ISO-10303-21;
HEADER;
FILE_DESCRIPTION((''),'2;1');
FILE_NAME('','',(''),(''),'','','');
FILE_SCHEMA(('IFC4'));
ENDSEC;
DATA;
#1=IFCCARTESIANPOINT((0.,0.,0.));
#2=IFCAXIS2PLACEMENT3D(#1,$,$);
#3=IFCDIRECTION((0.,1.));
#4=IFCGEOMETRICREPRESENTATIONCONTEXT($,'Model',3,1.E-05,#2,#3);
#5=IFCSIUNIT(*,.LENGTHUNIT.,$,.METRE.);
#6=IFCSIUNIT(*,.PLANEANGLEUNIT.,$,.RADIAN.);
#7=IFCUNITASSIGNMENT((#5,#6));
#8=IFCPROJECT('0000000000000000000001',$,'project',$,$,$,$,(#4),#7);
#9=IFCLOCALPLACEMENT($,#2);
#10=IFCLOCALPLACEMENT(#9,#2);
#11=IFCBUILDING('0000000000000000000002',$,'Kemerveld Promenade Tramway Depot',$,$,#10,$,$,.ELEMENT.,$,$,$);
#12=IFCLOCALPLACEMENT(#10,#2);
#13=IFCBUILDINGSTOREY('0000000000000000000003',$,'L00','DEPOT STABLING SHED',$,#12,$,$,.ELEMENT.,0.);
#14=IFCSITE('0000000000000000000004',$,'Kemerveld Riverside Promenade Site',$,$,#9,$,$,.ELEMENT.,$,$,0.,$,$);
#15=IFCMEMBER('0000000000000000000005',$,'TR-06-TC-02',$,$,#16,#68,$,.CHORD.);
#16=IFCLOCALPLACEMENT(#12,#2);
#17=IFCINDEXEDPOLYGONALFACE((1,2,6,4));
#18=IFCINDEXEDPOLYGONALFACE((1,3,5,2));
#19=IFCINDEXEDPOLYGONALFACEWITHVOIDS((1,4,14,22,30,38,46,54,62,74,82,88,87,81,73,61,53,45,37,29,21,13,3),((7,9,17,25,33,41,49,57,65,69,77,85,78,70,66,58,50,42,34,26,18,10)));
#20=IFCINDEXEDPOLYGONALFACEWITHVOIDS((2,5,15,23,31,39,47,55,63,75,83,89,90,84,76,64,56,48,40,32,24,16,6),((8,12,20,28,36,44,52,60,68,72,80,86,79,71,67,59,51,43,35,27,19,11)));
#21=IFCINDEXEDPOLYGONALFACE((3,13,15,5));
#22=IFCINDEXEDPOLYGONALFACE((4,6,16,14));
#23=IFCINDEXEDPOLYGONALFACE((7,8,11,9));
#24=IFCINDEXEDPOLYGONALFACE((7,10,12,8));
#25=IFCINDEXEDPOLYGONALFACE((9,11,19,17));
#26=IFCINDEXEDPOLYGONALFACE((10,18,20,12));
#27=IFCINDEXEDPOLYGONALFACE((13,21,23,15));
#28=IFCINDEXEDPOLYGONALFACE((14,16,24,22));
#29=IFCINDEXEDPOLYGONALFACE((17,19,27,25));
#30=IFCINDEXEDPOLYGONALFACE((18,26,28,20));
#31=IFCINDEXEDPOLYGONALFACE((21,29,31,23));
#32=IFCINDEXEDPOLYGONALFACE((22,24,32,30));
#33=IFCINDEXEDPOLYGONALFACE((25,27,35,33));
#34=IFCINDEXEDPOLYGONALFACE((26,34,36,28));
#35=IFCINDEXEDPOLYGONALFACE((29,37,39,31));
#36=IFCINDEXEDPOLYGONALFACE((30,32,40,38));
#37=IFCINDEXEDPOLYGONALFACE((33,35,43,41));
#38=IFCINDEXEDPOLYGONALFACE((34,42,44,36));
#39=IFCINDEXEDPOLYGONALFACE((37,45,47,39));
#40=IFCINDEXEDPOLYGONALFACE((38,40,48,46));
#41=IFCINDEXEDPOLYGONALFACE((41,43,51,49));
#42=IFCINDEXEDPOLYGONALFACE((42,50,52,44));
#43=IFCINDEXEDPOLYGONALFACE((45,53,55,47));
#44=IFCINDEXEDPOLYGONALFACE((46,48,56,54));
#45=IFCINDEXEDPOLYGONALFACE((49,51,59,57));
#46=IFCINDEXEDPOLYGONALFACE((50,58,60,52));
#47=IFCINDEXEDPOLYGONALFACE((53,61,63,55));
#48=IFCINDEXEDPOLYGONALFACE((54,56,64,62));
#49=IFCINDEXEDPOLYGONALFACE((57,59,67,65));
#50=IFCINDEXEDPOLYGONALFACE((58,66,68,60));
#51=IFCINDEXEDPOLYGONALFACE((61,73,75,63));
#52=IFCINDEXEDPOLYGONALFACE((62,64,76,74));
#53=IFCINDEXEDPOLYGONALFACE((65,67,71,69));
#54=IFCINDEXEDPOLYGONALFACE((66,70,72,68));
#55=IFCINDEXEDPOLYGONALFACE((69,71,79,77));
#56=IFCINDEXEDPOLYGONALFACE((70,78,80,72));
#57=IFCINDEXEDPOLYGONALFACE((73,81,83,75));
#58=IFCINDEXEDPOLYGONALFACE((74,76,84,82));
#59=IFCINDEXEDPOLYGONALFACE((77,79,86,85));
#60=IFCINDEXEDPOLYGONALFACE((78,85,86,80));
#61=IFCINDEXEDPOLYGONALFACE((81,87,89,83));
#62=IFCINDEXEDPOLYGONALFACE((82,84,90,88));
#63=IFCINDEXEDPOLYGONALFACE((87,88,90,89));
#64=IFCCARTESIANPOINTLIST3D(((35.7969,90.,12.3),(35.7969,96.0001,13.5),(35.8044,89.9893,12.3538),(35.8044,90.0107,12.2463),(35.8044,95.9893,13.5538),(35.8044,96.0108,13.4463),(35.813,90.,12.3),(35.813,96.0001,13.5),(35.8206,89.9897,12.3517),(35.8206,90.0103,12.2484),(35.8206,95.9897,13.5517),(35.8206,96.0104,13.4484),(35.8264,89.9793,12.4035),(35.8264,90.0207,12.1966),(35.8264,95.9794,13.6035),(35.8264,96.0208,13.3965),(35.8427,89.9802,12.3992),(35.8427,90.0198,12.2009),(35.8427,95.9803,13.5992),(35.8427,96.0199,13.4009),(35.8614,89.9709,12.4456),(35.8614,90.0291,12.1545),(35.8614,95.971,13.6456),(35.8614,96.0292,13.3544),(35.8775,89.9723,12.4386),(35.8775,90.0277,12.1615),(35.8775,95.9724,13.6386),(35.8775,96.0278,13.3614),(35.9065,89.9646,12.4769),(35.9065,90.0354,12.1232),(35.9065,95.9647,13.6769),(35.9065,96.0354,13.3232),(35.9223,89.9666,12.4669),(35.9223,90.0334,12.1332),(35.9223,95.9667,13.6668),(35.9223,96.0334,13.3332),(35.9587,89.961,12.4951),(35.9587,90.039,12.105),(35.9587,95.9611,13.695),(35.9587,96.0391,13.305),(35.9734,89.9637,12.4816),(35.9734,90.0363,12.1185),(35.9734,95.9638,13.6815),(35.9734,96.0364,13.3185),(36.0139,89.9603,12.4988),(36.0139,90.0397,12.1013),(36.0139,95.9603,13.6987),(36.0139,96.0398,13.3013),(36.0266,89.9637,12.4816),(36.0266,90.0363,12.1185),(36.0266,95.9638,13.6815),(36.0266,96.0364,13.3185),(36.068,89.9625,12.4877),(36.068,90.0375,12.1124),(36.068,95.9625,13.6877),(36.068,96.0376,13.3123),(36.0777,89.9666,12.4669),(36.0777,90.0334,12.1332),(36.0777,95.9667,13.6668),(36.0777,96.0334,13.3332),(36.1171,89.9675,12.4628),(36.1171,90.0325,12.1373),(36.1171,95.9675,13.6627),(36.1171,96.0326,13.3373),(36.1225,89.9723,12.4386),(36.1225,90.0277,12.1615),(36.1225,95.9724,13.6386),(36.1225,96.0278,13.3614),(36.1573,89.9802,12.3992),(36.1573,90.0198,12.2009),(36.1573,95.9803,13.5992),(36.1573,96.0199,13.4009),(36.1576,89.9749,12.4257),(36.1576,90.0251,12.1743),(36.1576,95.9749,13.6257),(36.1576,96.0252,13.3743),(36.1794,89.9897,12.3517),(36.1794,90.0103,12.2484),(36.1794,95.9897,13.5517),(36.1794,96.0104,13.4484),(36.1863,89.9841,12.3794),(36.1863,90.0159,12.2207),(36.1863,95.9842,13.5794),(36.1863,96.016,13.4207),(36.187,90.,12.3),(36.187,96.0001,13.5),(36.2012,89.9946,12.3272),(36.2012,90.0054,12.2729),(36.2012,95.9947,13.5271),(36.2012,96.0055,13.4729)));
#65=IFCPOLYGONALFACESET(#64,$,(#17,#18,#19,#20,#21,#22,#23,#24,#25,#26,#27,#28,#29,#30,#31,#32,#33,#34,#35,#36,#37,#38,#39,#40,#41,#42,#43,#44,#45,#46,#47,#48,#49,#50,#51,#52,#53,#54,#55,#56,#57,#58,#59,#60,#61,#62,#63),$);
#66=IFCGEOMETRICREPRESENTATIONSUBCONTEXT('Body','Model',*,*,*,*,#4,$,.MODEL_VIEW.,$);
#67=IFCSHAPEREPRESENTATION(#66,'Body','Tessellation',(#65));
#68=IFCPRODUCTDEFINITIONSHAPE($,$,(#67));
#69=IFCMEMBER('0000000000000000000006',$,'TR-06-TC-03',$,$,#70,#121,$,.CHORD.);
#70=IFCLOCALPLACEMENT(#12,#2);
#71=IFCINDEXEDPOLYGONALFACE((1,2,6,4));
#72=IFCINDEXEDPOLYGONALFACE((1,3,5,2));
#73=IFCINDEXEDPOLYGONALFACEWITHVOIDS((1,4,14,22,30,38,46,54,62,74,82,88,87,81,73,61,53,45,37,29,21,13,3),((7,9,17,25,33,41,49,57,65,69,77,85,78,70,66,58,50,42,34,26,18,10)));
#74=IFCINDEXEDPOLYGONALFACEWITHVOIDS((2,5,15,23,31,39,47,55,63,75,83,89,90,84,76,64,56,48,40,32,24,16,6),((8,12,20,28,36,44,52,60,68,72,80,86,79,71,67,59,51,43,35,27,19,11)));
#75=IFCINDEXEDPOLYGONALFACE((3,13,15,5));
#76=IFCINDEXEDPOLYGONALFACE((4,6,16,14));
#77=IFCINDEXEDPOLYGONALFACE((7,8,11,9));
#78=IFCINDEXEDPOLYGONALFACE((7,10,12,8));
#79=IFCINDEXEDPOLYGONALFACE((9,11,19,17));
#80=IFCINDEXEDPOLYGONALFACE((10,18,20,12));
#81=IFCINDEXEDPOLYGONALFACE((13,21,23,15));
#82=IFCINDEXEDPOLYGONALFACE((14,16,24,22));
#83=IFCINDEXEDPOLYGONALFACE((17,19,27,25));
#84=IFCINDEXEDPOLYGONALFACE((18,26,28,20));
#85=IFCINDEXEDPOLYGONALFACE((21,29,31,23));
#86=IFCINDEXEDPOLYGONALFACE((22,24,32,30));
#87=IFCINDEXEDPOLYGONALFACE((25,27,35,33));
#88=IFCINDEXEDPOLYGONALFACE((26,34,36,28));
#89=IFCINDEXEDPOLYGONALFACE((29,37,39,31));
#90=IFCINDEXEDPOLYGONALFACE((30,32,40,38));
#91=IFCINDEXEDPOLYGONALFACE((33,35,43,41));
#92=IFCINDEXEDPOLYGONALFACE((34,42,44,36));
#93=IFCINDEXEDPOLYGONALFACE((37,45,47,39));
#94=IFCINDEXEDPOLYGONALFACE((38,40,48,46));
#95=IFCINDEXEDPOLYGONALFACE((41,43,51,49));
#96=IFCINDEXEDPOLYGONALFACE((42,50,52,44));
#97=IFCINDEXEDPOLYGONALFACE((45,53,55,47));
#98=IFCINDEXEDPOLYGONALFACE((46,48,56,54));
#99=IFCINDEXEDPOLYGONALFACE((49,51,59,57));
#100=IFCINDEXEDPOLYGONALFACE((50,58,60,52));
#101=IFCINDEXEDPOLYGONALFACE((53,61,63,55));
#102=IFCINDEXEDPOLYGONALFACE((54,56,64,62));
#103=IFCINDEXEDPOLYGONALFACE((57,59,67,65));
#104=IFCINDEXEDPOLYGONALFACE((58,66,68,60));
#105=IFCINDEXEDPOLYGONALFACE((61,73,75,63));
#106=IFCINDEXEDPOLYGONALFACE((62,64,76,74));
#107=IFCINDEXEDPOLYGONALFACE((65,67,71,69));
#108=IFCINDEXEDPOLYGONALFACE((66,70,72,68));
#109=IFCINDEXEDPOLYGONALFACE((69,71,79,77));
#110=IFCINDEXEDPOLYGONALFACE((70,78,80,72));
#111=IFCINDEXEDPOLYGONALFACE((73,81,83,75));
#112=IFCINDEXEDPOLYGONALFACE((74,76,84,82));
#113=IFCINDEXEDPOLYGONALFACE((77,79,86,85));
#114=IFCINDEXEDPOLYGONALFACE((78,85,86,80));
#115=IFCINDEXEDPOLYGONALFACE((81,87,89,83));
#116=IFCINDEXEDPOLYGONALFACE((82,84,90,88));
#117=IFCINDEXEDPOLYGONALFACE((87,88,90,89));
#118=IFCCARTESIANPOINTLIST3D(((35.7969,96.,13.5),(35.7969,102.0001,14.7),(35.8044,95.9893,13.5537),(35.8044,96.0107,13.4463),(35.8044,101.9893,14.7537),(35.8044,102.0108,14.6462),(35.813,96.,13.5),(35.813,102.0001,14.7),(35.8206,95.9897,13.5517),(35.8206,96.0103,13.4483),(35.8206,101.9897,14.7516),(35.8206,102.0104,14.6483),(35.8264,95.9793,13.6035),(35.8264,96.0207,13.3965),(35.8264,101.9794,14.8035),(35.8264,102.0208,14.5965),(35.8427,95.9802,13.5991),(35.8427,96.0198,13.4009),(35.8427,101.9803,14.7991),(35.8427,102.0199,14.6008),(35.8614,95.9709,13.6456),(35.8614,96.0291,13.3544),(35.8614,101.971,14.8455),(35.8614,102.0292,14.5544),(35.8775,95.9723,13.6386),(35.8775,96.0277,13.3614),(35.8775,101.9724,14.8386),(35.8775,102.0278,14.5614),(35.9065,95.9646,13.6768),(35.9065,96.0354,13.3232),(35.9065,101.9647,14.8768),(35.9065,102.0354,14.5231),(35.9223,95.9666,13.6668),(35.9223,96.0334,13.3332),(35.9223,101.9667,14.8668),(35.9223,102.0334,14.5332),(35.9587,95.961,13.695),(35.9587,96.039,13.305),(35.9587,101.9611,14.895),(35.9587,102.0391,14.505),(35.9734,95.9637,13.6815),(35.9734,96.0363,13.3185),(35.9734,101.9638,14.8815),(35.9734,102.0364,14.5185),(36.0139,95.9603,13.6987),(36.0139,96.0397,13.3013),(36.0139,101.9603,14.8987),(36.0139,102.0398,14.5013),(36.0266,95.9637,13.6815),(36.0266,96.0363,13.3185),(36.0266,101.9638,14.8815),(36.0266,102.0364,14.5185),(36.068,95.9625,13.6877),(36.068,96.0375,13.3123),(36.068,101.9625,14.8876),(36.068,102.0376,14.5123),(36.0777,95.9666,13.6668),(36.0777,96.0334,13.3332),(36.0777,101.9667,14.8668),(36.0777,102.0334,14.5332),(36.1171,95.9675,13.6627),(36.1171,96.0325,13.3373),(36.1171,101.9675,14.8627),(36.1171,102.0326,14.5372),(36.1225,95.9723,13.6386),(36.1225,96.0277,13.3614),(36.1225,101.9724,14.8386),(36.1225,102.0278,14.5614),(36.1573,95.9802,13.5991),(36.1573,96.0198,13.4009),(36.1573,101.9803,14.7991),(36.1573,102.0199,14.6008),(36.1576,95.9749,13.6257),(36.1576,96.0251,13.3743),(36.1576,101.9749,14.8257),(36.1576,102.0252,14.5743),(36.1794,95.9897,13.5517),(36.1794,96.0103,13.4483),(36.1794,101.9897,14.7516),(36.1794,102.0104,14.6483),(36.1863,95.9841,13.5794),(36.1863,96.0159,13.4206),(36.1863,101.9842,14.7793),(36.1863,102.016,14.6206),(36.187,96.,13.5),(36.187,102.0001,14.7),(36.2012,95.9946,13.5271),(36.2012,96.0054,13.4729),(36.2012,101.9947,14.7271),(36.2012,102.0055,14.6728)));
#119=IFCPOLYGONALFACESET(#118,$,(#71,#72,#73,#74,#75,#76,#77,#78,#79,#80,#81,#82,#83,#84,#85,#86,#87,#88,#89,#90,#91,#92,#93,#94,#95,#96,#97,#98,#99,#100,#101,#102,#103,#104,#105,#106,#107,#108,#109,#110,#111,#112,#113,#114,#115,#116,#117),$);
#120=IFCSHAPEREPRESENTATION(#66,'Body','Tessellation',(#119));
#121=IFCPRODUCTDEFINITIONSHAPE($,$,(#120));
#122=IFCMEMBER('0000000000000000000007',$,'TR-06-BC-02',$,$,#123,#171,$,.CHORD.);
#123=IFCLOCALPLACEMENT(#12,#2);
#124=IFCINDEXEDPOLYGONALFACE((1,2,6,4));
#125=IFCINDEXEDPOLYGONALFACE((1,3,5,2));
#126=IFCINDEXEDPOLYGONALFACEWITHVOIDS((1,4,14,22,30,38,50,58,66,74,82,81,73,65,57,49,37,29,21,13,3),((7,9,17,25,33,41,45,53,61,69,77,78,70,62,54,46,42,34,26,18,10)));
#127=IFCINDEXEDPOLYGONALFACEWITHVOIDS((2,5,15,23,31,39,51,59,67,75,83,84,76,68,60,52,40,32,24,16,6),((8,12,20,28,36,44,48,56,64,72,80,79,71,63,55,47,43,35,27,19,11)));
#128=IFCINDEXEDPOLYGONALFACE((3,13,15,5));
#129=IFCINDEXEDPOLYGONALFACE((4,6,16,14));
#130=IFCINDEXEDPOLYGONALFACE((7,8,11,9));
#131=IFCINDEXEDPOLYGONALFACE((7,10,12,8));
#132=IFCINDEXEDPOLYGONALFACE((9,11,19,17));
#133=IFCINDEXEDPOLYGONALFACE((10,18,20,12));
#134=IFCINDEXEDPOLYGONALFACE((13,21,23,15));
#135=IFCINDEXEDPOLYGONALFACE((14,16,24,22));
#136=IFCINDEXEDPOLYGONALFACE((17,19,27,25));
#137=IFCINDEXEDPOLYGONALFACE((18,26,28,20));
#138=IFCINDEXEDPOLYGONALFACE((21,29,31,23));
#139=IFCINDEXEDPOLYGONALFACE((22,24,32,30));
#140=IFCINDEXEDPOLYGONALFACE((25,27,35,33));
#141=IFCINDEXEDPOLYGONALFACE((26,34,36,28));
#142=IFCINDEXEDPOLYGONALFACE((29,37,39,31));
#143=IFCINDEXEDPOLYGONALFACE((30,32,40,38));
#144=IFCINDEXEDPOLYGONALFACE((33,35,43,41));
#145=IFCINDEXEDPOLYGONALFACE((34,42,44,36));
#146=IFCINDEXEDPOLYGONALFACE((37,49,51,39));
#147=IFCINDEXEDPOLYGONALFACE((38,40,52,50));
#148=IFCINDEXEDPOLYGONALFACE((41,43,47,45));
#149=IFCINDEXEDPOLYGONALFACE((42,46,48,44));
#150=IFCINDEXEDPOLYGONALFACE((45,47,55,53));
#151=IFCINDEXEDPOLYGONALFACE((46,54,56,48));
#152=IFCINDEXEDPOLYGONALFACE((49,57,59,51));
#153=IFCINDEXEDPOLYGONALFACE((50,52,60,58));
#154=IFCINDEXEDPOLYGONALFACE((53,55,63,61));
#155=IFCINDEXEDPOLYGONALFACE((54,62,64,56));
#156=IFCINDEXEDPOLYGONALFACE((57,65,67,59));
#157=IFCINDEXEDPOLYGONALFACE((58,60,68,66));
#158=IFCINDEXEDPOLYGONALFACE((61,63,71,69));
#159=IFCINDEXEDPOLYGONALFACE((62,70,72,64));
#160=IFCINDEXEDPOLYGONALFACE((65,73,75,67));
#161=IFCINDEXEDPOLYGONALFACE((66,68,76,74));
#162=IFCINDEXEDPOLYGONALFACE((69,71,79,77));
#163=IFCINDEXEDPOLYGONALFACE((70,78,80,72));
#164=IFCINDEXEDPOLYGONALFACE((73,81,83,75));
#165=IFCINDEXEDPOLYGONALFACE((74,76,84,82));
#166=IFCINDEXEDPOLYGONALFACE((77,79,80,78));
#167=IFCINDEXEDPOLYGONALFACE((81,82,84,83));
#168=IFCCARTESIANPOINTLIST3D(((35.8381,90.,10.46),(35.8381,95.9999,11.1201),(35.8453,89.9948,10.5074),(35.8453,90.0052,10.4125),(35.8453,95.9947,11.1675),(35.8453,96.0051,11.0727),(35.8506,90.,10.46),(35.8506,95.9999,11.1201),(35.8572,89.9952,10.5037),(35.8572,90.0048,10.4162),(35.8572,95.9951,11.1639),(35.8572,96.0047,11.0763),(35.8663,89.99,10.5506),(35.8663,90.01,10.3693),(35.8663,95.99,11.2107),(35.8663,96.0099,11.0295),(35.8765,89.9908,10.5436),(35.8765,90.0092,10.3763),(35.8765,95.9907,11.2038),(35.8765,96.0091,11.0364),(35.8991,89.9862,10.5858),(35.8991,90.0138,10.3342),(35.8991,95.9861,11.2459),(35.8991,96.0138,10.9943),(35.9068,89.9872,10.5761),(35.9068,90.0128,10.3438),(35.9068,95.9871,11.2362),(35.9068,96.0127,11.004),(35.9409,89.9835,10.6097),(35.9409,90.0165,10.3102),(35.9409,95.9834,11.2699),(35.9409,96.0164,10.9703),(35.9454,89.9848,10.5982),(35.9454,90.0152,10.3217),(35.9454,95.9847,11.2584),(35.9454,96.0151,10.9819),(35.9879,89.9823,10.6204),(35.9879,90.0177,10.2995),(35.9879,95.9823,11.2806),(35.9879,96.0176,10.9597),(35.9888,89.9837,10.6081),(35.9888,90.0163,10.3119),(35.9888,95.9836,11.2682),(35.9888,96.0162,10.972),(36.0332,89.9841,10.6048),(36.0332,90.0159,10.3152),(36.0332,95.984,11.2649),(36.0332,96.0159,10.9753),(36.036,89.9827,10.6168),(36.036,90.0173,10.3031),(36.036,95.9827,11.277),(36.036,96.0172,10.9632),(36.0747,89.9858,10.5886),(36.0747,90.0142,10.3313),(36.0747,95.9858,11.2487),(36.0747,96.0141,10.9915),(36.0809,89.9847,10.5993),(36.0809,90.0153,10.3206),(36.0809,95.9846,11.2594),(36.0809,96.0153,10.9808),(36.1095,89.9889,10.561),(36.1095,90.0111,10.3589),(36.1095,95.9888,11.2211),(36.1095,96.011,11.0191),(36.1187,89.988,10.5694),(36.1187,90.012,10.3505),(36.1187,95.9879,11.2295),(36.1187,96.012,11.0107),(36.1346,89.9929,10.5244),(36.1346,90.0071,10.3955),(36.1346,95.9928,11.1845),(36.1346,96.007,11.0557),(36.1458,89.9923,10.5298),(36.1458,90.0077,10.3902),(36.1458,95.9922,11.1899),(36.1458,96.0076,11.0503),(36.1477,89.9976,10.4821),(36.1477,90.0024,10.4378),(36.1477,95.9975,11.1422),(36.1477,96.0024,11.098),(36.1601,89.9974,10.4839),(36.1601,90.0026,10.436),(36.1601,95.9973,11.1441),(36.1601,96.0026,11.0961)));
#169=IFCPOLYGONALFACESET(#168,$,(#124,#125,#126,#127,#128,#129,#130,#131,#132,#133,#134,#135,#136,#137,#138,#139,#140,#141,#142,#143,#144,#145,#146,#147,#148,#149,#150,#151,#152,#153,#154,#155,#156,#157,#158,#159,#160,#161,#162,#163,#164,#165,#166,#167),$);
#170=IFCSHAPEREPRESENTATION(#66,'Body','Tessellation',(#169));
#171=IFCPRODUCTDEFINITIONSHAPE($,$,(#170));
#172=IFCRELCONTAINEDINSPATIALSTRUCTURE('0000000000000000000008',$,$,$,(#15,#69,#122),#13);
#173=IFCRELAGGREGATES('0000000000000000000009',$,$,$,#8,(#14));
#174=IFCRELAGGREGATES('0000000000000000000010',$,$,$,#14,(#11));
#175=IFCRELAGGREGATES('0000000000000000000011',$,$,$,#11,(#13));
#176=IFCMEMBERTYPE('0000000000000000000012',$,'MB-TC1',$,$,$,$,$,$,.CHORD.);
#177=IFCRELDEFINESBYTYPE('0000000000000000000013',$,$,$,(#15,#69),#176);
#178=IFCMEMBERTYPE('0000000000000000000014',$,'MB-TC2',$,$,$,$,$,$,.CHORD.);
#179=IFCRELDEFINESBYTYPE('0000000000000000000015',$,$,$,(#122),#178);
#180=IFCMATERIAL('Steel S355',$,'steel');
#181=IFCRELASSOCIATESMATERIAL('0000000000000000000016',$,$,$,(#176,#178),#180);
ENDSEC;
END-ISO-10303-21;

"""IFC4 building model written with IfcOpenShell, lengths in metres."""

from ifc_helpers import new_model, si_unit, direction, frame, origin, origin_2d, place, context, subcontext, project, spatial, hollow_circle, extrude, material, material_profile, profile_set, type_object, element, save


model = new_model("IFC4")

# Units and contexts
model_context = context("Model", 3, precision=1e-05, world=origin(), true_north=direction((0.0, 1.0)))
body_context = subcontext(model_context, "Body", "Model", "MODEL_VIEW")
ifc_project = project(units=[si_unit("LENGTHUNIT", "METRE"), si_unit("PLANEANGLEUNIT", "RADIAN")], contexts=[model_context])

# Site, building, storey
site_placement = place(None, origin())
site = spatial("IfcSite", under=ifc_project, at=site_placement, Name="Kemerveld Riverside Promenade Site", CompositionType="ELEMENT", RefElevation=0.0)
building_placement = place(site_placement, origin())
building = spatial("IfcBuilding", under=site, at=building_placement, Name="Kemerveld Promenade Tramway Depot", CompositionType="ELEMENT")
storey_placement = place(building_placement, origin())
storey = spatial("IfcBuildingStorey", under=building, at=storey_placement, Name="L00", Description="DEPOT STABLING SHED", CompositionType="ELEMENT", Elevation=0.0)

# Shared definitions
ifc_material_1 = material(Name="Steel S355", Category="steel")

# Members
ifc_material_profile_1 = material_profile(ifc_material_1, hollow_circle(Radius=0.2031, WallThickness=0.0161, at=origin_2d()), Name="406.4x16.0 CHS")
ifc_profile_set_1 = profile_set([ifc_material_profile_1], Name="Steel S355")
member_type_1 = type_object("IfcMemberType", Name="MB-TC1", PredefinedType="CHORD", material=ifc_profile_set_1)
for number, where, z_axis, x_axis, name in (
    (1, (36.0, 90.0, 12.3), (0.0, 0.980582, 0.196108), (-1.0, 0.0, 0.0), "TR-06-TC-02"),
    (2, (36.0, 96.0, 13.5), (0.0, 0.980582, 0.196108), (-1.0, 0.0, 0.0), "TR-06-TC-03"),
):
    element("IfcMember", number, at=place(storey_placement, frame(where, z_axis=z_axis, x_axis=x_axis)), inside=storey, type_object=member_type_1, Name=name, PredefinedType="CHORD", context=body_context, shape_type="SweptSolid", body=[
        extrude(hollow_circle(Radius=0.2031, WallThickness=0.0161, at=origin_2d()), origin(), (0.0, 0.0, 1.0), 6.1189),
    ])
ifc_material_profile_2 = material_profile(ifc_material_1, hollow_circle(Radius=0.1619, WallThickness=0.0125, at=origin_2d()), Name="323.9x12.5 CHS")
ifc_profile_set_2 = profile_set([ifc_material_profile_2], Name="Steel S355")
member_type_2 = type_object("IfcMemberType", Name="MB-TC2", PredefinedType="CHORD", material=ifc_profile_set_2)
for number, where, z_axis, x_axis, name in (
    (3, (36.0, 90.0, 10.46), (0.0, 0.994002, 0.109366), (-1.0, 0.0, 0.0), "TR-06-BC-02"),
):
    element("IfcMember", number, at=place(storey_placement, frame(where, z_axis=z_axis, x_axis=x_axis)), inside=storey, type_object=member_type_2, Name=name, PredefinedType="CHORD", context=body_context, shape_type="SweptSolid", body=[
        extrude(hollow_circle(Radius=0.1619, WallThickness=0.0125, at=origin_2d()), origin(), (0.0, 0.0, 1.0), 6.0361),
    ])

save(model, "model.ifc")
